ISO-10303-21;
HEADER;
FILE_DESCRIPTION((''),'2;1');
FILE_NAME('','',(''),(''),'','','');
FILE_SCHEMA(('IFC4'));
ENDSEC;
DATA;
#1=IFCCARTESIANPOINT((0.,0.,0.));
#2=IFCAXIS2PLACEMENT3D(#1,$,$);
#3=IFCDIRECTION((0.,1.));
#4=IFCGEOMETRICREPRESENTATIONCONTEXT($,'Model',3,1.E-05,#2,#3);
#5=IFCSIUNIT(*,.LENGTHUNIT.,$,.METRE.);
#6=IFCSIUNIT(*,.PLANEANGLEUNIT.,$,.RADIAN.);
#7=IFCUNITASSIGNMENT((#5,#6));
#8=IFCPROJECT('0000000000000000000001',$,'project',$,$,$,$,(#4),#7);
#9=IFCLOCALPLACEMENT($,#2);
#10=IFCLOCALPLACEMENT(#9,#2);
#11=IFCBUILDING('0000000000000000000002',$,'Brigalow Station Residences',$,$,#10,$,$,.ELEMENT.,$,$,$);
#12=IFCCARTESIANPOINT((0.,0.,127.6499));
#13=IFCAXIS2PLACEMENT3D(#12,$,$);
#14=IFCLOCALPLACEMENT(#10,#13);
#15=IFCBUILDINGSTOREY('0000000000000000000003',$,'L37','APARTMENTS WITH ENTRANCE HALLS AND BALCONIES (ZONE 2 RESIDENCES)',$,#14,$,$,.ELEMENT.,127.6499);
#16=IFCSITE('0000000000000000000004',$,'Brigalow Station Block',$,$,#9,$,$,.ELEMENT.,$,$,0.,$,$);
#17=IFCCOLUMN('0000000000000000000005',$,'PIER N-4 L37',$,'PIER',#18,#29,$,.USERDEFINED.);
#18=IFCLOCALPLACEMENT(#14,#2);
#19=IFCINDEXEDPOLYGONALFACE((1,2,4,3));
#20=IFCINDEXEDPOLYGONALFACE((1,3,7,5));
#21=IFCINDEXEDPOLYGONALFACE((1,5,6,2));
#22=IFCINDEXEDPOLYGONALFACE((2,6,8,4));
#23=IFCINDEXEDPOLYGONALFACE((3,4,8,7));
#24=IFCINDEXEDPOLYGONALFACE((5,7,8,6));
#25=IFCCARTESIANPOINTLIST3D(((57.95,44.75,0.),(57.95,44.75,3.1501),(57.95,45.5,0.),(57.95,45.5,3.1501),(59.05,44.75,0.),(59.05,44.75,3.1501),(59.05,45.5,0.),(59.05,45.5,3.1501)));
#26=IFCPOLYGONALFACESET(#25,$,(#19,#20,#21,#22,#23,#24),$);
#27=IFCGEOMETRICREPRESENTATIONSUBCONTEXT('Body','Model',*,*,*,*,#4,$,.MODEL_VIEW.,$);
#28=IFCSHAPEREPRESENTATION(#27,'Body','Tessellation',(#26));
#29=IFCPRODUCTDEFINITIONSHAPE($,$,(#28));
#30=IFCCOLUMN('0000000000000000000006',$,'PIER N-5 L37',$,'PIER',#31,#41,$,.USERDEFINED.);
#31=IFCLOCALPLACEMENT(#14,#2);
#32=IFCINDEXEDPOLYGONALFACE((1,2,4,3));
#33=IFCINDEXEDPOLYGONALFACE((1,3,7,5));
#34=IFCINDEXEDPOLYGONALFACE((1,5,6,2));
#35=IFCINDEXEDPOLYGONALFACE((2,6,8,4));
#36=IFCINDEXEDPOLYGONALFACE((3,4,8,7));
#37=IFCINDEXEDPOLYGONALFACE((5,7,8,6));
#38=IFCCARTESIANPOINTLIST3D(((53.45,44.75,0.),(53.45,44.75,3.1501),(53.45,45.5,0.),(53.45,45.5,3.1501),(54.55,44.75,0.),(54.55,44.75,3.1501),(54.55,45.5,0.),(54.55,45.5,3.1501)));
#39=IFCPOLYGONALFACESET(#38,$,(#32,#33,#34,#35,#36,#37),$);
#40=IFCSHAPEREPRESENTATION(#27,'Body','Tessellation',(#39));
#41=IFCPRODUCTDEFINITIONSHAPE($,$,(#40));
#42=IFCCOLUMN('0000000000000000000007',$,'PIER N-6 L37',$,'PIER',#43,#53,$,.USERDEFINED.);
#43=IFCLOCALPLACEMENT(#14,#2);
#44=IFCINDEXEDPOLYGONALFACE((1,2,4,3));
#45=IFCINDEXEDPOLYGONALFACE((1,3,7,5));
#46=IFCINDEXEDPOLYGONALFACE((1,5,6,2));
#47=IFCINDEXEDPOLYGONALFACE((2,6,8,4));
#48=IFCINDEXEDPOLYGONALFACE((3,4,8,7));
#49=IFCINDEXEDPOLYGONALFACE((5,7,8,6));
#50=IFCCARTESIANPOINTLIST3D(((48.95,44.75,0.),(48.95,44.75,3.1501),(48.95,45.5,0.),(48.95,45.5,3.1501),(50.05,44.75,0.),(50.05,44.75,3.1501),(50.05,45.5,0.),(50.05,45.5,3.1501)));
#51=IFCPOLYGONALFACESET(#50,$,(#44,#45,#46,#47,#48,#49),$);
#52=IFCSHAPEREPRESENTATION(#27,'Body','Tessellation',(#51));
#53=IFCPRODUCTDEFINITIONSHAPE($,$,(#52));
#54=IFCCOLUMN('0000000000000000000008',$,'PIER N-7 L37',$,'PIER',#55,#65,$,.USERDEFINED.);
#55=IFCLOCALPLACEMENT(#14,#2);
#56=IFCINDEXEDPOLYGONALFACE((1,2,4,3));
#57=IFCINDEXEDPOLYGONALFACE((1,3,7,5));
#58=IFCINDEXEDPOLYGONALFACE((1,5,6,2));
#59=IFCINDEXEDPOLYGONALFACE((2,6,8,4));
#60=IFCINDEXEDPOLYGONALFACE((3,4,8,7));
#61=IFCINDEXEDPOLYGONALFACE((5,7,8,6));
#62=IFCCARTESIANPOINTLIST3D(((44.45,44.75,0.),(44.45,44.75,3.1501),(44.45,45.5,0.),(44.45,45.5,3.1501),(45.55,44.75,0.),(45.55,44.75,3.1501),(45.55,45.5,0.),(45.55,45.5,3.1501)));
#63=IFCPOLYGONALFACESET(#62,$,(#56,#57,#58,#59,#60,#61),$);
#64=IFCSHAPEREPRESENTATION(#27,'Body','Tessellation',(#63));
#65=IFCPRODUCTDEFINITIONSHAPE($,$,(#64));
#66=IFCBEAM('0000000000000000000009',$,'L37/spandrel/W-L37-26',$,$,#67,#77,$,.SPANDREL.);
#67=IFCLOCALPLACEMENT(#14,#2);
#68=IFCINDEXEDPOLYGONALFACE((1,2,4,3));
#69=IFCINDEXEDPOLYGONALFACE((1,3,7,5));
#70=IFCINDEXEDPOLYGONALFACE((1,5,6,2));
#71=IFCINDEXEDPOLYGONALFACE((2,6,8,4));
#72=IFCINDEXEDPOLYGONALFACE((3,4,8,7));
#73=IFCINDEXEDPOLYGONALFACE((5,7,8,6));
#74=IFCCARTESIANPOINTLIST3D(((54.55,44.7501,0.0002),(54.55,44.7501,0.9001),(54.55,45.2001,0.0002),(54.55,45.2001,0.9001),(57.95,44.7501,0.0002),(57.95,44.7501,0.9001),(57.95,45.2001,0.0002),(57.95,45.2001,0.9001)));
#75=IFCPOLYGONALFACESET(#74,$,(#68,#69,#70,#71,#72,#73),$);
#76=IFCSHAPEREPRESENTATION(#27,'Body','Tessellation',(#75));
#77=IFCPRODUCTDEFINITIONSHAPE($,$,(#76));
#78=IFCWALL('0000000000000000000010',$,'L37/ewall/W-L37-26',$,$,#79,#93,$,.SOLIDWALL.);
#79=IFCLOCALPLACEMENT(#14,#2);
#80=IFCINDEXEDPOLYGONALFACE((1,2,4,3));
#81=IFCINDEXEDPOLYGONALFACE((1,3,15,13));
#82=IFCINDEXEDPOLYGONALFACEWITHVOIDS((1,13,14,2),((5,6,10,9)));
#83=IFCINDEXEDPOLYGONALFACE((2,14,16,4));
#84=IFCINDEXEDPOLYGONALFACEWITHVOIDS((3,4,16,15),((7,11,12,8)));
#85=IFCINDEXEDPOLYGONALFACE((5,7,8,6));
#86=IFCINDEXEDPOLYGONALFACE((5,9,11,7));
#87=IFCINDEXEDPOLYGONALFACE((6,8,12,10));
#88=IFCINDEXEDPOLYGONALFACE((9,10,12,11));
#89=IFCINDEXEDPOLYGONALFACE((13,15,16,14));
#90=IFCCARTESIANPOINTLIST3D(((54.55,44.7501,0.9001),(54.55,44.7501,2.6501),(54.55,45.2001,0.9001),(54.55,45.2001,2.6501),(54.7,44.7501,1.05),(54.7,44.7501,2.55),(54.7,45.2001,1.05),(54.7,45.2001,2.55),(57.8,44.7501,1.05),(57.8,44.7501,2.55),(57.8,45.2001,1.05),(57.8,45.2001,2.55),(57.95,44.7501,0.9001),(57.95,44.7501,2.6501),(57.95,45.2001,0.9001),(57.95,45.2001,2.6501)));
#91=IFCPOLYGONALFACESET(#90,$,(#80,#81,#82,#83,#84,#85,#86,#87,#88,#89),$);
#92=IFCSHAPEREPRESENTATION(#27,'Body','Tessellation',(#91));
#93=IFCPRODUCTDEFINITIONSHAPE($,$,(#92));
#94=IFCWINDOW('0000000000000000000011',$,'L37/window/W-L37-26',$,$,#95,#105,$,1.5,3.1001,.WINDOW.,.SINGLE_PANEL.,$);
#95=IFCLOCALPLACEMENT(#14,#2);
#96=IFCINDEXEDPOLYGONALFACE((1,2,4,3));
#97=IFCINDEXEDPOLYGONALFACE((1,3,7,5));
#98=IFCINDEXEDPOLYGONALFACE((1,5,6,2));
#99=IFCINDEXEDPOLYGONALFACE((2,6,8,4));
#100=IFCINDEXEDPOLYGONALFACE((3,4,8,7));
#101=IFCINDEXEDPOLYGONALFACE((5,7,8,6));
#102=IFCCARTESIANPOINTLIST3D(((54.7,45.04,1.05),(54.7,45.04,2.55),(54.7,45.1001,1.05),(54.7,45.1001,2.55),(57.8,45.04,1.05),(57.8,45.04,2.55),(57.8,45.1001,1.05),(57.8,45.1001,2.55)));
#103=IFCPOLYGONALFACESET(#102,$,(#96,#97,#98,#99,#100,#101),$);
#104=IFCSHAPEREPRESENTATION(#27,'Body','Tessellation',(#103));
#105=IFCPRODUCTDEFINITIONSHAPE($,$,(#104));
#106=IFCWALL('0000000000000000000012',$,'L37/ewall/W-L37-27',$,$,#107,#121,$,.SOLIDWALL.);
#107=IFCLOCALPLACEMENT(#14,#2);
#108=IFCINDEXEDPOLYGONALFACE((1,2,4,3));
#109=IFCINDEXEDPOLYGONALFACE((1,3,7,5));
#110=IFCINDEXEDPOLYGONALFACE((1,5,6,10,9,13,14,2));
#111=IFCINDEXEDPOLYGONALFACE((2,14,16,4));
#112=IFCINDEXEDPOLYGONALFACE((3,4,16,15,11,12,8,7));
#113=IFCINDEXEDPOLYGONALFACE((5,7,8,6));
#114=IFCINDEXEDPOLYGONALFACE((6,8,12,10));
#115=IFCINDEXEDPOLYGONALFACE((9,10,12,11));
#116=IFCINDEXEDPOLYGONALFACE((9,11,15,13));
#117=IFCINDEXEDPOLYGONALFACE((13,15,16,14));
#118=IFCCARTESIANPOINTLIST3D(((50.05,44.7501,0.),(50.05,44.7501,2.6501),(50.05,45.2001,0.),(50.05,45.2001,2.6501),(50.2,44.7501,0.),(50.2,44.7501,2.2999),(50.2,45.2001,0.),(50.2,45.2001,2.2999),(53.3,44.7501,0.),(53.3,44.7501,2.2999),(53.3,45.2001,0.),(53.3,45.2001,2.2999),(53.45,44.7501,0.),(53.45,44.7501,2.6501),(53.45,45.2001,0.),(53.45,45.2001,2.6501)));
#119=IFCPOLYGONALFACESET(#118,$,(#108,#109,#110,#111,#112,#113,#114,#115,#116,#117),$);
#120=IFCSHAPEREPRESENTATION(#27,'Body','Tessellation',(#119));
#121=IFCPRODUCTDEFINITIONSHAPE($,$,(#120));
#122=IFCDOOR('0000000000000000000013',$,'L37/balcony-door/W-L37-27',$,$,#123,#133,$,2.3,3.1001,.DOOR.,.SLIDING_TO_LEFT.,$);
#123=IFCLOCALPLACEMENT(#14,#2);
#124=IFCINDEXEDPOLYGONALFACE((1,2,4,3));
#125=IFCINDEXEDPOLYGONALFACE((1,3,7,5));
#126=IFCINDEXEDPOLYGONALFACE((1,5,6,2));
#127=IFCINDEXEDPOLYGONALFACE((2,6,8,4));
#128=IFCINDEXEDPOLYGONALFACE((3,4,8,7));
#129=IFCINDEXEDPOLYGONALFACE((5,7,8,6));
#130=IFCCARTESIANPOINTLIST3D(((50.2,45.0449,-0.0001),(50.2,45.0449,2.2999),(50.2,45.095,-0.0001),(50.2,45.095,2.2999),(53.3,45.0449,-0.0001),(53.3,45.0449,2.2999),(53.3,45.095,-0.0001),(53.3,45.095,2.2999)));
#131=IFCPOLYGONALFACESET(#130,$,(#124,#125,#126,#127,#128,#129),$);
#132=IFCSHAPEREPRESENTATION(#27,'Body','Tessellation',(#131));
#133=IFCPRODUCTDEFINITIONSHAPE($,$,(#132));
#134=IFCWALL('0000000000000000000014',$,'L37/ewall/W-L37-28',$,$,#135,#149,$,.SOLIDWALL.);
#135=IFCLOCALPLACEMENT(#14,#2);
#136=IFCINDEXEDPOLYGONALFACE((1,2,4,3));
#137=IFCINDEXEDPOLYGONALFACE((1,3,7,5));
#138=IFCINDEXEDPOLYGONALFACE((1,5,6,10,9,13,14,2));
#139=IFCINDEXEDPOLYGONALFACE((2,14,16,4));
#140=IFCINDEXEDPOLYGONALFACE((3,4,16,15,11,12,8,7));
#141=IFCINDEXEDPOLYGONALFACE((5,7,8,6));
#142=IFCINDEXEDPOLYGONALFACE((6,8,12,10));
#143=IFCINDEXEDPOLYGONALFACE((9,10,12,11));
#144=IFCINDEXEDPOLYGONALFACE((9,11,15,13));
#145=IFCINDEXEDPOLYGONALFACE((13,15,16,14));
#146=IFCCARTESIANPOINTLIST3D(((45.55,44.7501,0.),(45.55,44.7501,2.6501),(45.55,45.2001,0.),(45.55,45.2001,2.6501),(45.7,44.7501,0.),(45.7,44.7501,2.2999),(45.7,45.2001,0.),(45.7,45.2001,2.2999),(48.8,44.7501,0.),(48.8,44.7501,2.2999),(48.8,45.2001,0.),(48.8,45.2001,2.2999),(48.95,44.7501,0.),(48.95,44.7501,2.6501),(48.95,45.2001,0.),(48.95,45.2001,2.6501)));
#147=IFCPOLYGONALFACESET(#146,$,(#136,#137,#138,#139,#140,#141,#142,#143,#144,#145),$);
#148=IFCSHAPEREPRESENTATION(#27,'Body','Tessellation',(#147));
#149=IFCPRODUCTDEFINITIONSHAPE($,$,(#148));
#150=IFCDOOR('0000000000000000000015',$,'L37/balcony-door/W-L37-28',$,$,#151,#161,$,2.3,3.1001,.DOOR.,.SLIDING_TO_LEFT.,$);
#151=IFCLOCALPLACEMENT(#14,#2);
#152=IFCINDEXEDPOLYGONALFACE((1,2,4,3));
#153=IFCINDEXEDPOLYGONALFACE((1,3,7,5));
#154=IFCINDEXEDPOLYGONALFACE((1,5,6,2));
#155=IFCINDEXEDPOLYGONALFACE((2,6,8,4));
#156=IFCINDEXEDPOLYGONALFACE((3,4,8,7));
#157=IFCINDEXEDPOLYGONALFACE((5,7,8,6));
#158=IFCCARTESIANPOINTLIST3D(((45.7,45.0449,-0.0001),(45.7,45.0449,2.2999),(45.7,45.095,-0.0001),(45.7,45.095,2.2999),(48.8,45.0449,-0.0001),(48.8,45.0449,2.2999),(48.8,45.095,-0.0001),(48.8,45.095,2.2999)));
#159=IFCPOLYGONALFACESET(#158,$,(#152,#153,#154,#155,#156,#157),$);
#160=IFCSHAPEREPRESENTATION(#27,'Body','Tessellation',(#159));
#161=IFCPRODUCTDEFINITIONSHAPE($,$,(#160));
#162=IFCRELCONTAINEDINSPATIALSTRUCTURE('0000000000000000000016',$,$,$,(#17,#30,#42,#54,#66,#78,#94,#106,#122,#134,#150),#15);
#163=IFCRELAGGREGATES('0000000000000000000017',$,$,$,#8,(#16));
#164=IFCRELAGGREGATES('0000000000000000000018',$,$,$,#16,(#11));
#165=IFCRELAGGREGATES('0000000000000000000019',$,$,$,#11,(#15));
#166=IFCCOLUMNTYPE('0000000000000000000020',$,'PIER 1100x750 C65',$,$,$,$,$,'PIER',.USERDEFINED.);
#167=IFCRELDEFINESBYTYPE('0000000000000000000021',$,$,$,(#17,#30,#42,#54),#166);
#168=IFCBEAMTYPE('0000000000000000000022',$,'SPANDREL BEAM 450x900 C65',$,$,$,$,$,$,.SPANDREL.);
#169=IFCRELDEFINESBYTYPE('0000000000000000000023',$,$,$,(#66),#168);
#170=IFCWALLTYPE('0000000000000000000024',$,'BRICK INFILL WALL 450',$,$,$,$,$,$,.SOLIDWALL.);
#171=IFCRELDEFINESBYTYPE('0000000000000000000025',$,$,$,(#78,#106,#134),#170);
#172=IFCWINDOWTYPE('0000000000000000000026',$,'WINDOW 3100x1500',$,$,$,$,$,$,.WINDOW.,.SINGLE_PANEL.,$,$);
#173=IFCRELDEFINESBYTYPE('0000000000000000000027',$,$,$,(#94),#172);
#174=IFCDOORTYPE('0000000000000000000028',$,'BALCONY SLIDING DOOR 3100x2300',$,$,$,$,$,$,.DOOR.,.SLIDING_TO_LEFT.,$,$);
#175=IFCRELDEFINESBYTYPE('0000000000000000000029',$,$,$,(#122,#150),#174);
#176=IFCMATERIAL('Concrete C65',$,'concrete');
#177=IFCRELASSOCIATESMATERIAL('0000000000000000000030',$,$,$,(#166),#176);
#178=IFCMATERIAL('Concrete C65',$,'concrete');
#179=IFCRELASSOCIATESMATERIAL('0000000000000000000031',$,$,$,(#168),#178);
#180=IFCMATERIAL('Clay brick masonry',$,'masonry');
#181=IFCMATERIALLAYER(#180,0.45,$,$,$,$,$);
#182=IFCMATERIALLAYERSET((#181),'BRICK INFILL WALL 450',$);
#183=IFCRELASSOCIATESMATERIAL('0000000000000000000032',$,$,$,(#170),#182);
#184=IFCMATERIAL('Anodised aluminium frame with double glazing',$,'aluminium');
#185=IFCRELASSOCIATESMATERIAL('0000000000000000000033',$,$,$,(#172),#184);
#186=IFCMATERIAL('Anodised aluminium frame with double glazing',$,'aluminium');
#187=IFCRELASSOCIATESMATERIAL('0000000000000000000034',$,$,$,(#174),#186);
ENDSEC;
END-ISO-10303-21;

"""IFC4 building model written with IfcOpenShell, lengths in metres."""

from ifc_helpers import new_model, si_unit, direction, frame, frame_2d, origin, origin_2d, place, context, subcontext, project, spatial, rectangle, extrude, material, layer, layer_set, material_profile, profile_set, type_object, element, fill, save


model = new_model("IFC4")

# Units and contexts
model_context = context("Model", 3, precision=1e-05, world=origin(), true_north=direction((0.0, 1.0)))
body_context = subcontext(model_context, "Body", "Model", "MODEL_VIEW")
ifc_project = project(units=[si_unit("LENGTHUNIT", "METRE"), si_unit("PLANEANGLEUNIT", "RADIAN")], contexts=[model_context])

# Site, building, storey
site_placement = place(None, origin())
site = spatial("IfcSite", under=ifc_project, at=site_placement, Name="Brigalow Station Block", CompositionType="ELEMENT", RefElevation=0.0)
building_placement = place(site_placement, origin())
building = spatial("IfcBuilding", under=site, at=building_placement, Name="Brigalow Station Residences", CompositionType="ELEMENT")
storey_placement = place(building_placement, frame((0.0, 0.0, 127.6499)))
storey = spatial("IfcBuildingStorey", under=building, at=storey_placement, Name="L37", Description="APARTMENTS WITH ENTRANCE HALLS AND BALCONIES (ZONE 2 RESIDENCES)", CompositionType="ELEMENT", Elevation=127.6499)

# Columns
ifc_material_1 = material(Name="Concrete C65", Category="concrete")
ifc_material_profile_1 = material_profile(ifc_material_1, rectangle(XDim=1.1001, YDim=0.75, at=origin_2d()), Name="RC1100x750")
ifc_profile_set_1 = profile_set([ifc_material_profile_1], Name="Concrete C65")
column_type = type_object("IfcColumnType", Name="PIER 1100x750 C65", ElementType="PIER", PredefinedType="USERDEFINED", material=ifc_profile_set_1)
for number, where, z_axis, x_axis, name in (
    (1, (58.5, 45.125, 0.0), (0.0, 0.0, 1.0), (-1.0, 0.0, 0.0), "PIER N-4 L37"),
    (2, (54.0, 45.125, 0.0), (0.0, 0.0, 1.0), (-1.0, 0.0, 0.0), "PIER N-5 L37"),
    (3, (49.5, 45.125, 0.0), (0.0, 0.0, 1.0), (-1.0, 0.0, 0.0), "PIER N-6 L37"),
    (4, (45.0, 45.125, 0.0), (0.0, 0.0, 1.0), (-1.0, 0.0, 0.0), "PIER N-7 L37"),
):
    element("IfcColumn", number, at=place(storey_placement, frame(where, z_axis=z_axis, x_axis=x_axis)), inside=storey, type_object=column_type, Name=name, ObjectType="PIER", PredefinedType="USERDEFINED", context=body_context, shape_type="SweptSolid", body=[
        extrude(rectangle(XDim=1.1001, YDim=0.75, at=origin_2d()), origin(), (0.0, 0.0, 1.0), 3.1501),
    ])

# Beam
ifc_material_2 = material(Name="Concrete C65", Category="concrete")
ifc_material_profile_2 = material_profile(ifc_material_2, rectangle(XDim=0.45, YDim=0.8999, at=origin_2d()), Name="RC450x900")
ifc_profile_set_2 = profile_set([ifc_material_profile_2], Name="Concrete C65")
beam_type = type_object("IfcBeamType", Name="SPANDREL BEAM 450x900 C65", PredefinedType="SPANDREL", material=ifc_profile_set_2)
beam_placement = place(storey_placement, frame((57.95, 44.9751, 0.4502), z_axis=(-1.0, 0.0, 0.0), x_axis=(0.0, -1.0, 0.0)))
element("IfcBeam", 5, at=beam_placement, inside=storey, type_object=beam_type, Name="L37/spandrel/W-L37-26", PredefinedType="SPANDREL", context=body_context, shape_type="SweptSolid", body=[
    extrude(rectangle(XDim=0.45, YDim=0.8999, at=origin_2d()), origin(), (0.0, 0.0, 1.0), 3.3999),
])

# Wall, opening, window
ifc_material_3 = material(Name="Clay brick masonry", Category="masonry")
ifc_layer_1 = layer(ifc_material_3, 0.45)
ifc_layer_set_1 = layer_set([ifc_layer_1], Name="BRICK INFILL WALL 450")
wall_type_1 = type_object("IfcWallType", Name="BRICK INFILL WALL 450", PredefinedType="SOLIDWALL", material=ifc_layer_set_1)
wall_1_placement = place(storey_placement, frame((57.95, 44.9751, 0.9001), z_axis=(0.0, 0.0, 1.0), x_axis=(-1.0, 0.0, 0.0)))
wall_1 = element("IfcWall", 6, at=wall_1_placement, inside=storey, type_object=wall_type_1, Name="L37/ewall/W-L37-26", PredefinedType="SOLIDWALL", context=body_context, shape_type="SweptSolid", body=[
    extrude(rectangle(XDim=3.3999, YDim=0.45, at=frame_2d((1.7, 0.0))), origin(), (0.0, 0.0, 1.0), 1.75),
])
opening_1_placement = place(wall_1_placement, frame((0.1499, 0.0, 0.1499)))
opening_1 = element("IfcOpeningElement", 7, at=opening_1_placement, cuts=wall_1, PredefinedType="OPENING", context=body_context, shape_type="SweptSolid", body=[
    extrude(rectangle(XDim=3.1001, YDim=1.5, at=frame_2d((1.55, 0.75))), frame((0.0, 0.2349, 0.0), z_axis=(0.0, -1.0, 0.0), x_axis=(1.0, 0.0, 0.0)), (0.0, 0.0, 1.0), 0.47),
])
ifc_material_4 = material(Name="Anodised aluminium frame with double glazing", Category="aluminium")
window_type = type_object("IfcWindowType", Name="WINDOW 3100x1500", PartitioningType="SINGLE_PANEL", PredefinedType="WINDOW", material=ifc_material_4)
window_placement = place(opening_1_placement, origin())
window = element("IfcWindow", 8, at=window_placement, inside=storey, type_object=window_type, Name="L37/window/W-L37-26", OverallHeight=1.5, OverallWidth=3.1001, PartitioningType="SINGLE_PANEL", PredefinedType="WINDOW", context=body_context, shape_type="SweptSolid", body=[
    extrude(rectangle(XDim=3.1001, YDim=1.5, at=frame_2d((1.55, 0.75))), frame((0.0, -0.0649, 0.0), z_axis=(0.0, -1.0, 0.0), x_axis=(1.0, 0.0, 0.0)), (0.0, 0.0, 1.0), 0.0601),
])
fill(opening_1, window)

# Walls, openings, doors
wall_2_placement = place(storey_placement, frame((53.45, 44.9751, 0.0), z_axis=(0.0, 0.0, 1.0), x_axis=(-1.0, 0.0, 0.0)))
wall_2 = element("IfcWall", 9, at=wall_2_placement, inside=storey, type_object=wall_type_1, Name="L37/ewall/W-L37-27", PredefinedType="SOLIDWALL", context=body_context, shape_type="SweptSolid", body=[
    extrude(rectangle(XDim=3.3999, YDim=0.45, at=frame_2d((1.7, 0.0))), origin(), (0.0, 0.0, 1.0), 2.6501),
])
opening_2_placement = place(wall_2_placement, frame((0.1499, 0.0, 0.0)))
opening_2 = element("IfcOpeningElement", 10, at=opening_2_placement, cuts=wall_2, PredefinedType="OPENING", context=body_context, shape_type="SweptSolid", body=[
    extrude(rectangle(XDim=3.1001, YDim=2.3, at=frame_2d((1.55, 1.1499))), frame((0.0, 0.2349, 0.0), z_axis=(0.0, -1.0, 0.0), x_axis=(1.0, 0.0, 0.0)), (0.0, 0.0, 1.0), 0.47),
])
ifc_material_5 = material(Name="Anodised aluminium frame with double glazing", Category="aluminium")
door_type_1 = type_object("IfcDoorType", Name="BALCONY SLIDING DOOR 3100x2300", OperationType="SLIDING_TO_LEFT", PredefinedType="DOOR", material=ifc_material_5)
door_1_placement = place(opening_2_placement, origin())
door_1 = element("IfcDoor", 11, at=door_1_placement, inside=storey, type_object=door_type_1, Name="L37/balcony-door/W-L37-27", OperationType="SLIDING_TO_LEFT", OverallHeight=2.3, OverallWidth=3.1001, PredefinedType="DOOR", context=body_context, shape_type="SweptSolid", body=[
    extrude(rectangle(XDim=3.1001, YDim=2.3, at=frame_2d((1.55, 1.1499))), frame((0.0, -0.0698, 0.0), z_axis=(0.0, -1.0, 0.0), x_axis=(1.0, 0.0, 0.0)), (0.0, 0.0, 1.0), 0.05),
])
fill(opening_2, door_1)
wall_3_placement = place(storey_placement, frame((48.95, 44.9751, 0.0), z_axis=(0.0, 0.0, 1.0), x_axis=(-1.0, 0.0, 0.0)))
wall_3 = element("IfcWall", 12, at=wall_3_placement, inside=storey, type_object=wall_type_1, Name="L37/ewall/W-L37-28", PredefinedType="SOLIDWALL", context=body_context, shape_type="SweptSolid", body=[
    extrude(rectangle(XDim=3.3999, YDim=0.45, at=frame_2d((1.7, 0.0))), origin(), (0.0, 0.0, 1.0), 2.6501),
])
opening_3_placement = place(wall_3_placement, frame((0.1499, 0.0, 0.0)))
opening_3 = element("IfcOpeningElement", 13, at=opening_3_placement, cuts=wall_3, PredefinedType="OPENING", context=body_context, shape_type="SweptSolid", body=[
    extrude(rectangle(XDim=3.1001, YDim=2.3, at=frame_2d((1.55, 1.1499))), frame((0.0, 0.2349, 0.0), z_axis=(0.0, -1.0, 0.0), x_axis=(1.0, 0.0, 0.0)), (0.0, 0.0, 1.0), 0.47),
])
door_2_placement = place(opening_3_placement, origin())
door_2 = element("IfcDoor", 14, at=door_2_placement, inside=storey, type_object=door_type_1, Name="L37/balcony-door/W-L37-28", OperationType="SLIDING_TO_LEFT", OverallHeight=2.3, OverallWidth=3.1001, PredefinedType="DOOR", context=body_context, shape_type="SweptSolid", body=[
    extrude(rectangle(XDim=3.1001, YDim=2.3, at=frame_2d((1.55, 1.1499))), frame((0.0, -0.0698, 0.0), z_axis=(0.0, -1.0, 0.0), x_axis=(1.0, 0.0, 0.0)), (0.0, 0.0, 1.0), 0.05),
])
fill(opening_3, door_2)

save(model, "model.ifc")
